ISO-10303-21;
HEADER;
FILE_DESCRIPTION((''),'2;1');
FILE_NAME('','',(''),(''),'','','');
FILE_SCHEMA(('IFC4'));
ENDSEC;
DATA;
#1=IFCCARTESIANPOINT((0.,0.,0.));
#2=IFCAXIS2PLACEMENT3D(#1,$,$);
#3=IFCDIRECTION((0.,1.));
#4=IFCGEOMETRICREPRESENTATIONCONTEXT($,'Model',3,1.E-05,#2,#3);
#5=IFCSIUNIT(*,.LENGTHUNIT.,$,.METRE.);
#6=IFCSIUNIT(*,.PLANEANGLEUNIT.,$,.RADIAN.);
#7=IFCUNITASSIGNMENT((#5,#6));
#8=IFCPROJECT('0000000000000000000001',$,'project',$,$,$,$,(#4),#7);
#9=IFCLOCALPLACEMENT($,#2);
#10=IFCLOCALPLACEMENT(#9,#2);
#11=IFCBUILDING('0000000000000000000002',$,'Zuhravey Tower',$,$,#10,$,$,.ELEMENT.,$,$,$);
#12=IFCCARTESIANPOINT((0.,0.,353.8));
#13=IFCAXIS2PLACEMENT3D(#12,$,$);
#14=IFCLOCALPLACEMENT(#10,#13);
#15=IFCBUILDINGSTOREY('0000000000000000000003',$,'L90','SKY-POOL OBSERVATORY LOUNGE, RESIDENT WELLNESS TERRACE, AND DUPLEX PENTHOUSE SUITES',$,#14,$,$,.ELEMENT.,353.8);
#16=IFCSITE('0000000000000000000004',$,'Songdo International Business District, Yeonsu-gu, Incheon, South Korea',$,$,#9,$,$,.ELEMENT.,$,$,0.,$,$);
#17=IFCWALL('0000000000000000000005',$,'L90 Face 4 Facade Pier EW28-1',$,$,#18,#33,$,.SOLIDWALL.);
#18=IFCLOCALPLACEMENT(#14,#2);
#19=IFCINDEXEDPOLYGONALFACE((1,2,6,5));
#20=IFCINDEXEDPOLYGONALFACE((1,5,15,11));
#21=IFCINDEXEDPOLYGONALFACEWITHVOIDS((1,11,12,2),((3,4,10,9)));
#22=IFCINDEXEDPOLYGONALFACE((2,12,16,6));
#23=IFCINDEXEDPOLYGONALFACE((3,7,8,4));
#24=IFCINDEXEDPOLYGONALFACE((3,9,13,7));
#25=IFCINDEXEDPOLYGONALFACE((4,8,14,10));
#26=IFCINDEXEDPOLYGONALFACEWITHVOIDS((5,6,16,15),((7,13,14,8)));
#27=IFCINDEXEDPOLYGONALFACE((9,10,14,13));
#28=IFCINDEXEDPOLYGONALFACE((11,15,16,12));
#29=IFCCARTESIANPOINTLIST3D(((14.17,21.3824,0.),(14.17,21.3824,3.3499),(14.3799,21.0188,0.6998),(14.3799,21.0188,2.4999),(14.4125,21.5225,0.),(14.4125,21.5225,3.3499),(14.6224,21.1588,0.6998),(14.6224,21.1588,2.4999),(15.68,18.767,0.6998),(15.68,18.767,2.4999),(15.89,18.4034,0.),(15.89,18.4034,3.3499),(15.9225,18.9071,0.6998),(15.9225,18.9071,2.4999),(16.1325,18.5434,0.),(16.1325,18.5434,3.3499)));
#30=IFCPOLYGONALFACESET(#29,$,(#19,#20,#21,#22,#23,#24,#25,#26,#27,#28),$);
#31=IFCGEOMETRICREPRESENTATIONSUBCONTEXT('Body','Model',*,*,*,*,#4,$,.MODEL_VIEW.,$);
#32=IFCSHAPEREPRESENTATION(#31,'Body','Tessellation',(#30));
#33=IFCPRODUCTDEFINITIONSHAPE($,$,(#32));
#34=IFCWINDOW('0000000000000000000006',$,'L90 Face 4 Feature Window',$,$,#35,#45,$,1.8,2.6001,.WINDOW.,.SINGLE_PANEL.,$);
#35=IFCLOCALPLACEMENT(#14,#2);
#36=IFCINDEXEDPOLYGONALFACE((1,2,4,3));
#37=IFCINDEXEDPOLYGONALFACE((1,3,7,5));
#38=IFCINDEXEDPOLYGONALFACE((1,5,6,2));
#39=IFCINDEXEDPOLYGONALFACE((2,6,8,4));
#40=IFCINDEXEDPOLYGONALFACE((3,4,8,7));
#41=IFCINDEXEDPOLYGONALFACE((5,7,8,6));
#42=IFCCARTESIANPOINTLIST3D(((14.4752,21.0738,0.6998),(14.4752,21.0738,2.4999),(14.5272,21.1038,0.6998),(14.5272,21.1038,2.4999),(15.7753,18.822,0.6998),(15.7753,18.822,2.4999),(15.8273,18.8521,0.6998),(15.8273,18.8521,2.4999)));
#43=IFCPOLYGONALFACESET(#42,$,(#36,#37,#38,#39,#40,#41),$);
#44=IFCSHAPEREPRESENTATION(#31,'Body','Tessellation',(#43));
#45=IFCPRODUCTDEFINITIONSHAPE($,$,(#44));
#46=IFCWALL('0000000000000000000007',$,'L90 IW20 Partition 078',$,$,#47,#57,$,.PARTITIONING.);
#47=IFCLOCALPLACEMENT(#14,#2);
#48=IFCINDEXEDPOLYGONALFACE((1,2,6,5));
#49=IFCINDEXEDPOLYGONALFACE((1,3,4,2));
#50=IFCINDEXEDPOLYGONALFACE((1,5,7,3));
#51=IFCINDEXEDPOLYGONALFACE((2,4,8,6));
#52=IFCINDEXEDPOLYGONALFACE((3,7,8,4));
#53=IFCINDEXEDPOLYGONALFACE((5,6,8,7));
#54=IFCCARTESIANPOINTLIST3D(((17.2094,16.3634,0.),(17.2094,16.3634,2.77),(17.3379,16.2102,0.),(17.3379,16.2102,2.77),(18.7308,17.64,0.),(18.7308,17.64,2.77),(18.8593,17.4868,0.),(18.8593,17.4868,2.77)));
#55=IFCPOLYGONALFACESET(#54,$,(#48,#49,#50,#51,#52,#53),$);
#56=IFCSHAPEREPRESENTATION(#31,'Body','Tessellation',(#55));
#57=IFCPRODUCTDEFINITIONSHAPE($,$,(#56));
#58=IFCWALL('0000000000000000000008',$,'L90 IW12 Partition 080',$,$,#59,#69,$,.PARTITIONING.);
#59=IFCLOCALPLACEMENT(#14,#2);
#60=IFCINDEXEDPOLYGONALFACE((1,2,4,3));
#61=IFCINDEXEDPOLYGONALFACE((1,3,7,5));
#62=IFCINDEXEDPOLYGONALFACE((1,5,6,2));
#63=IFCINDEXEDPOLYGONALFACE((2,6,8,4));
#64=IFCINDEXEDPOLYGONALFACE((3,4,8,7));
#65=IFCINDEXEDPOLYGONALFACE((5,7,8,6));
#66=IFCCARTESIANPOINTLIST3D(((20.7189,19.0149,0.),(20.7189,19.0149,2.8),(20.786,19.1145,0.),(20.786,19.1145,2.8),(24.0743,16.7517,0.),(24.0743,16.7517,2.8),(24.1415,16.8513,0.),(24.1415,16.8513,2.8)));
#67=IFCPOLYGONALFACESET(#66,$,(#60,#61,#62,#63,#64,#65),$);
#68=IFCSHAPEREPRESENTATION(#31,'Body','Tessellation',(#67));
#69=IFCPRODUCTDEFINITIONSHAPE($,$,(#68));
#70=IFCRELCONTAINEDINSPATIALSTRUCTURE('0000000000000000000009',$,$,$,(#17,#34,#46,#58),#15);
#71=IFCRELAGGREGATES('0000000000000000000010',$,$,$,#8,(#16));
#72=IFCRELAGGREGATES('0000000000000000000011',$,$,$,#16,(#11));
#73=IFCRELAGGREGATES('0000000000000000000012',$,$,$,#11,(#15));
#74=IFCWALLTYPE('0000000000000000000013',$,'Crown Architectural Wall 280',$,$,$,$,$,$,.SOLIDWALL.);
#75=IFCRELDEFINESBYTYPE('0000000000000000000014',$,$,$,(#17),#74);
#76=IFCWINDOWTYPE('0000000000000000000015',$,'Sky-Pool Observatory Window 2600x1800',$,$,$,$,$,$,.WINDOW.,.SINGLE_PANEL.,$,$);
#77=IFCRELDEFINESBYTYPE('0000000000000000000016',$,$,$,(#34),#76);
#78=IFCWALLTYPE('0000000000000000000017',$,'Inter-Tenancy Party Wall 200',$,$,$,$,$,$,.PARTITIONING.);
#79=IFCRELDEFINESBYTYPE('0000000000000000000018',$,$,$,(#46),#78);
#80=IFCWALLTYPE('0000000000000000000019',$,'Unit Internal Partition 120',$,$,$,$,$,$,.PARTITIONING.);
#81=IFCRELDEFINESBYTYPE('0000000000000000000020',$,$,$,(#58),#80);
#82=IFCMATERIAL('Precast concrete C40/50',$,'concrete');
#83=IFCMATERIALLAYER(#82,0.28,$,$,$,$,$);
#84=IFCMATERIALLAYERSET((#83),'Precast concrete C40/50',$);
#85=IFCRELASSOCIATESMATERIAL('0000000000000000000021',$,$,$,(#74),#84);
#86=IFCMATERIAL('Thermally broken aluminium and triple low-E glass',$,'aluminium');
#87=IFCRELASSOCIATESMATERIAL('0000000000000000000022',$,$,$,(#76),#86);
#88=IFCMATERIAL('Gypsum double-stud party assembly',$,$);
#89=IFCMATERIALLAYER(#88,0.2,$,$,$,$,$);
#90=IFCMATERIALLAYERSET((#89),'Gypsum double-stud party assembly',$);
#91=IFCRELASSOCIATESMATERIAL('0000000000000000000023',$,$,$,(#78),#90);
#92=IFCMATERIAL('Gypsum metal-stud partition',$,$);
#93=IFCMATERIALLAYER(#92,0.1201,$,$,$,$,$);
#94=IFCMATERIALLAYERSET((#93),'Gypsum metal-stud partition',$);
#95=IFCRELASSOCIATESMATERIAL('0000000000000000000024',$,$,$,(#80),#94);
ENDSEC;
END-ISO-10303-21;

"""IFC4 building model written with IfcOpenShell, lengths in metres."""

from ifc_helpers import new_model, si_unit, direction, frame, frame_2d, origin, place, context, subcontext, project, spatial, rectangle, extrude, material, layer, layer_set, type_object, element, fill, save


model = new_model("IFC4")

# Units and contexts
model_context = context("Model", 3, precision=1e-05, world=origin(), true_north=direction((0.0, 1.0)))
body_context = subcontext(model_context, "Body", "Model", "MODEL_VIEW")
ifc_project = project(units=[si_unit("LENGTHUNIT", "METRE"), si_unit("PLANEANGLEUNIT", "RADIAN")], contexts=[model_context])

# Site, building, storey
site_placement = place(None, origin())
site = spatial("IfcSite", under=ifc_project, at=site_placement, Name="Songdo International Business District, Yeonsu-gu, Incheon, South Korea", CompositionType="ELEMENT", RefElevation=0.0)
building_placement = place(site_placement, origin())
building = spatial("IfcBuilding", under=site, at=building_placement, Name="Zuhravey Tower", CompositionType="ELEMENT")
storey_placement = place(building_placement, frame((0.0, 0.0, 353.8)))
storey = spatial("IfcBuildingStorey", under=building, at=storey_placement, Name="L90", Description="SKY-POOL OBSERVATORY LOUNGE, RESIDENT WELLNESS TERRACE, AND DUPLEX PENTHOUSE SUITES", CompositionType="ELEMENT", Elevation=353.8)

# Wall, opening, window
ifc_material_1 = material(Name="Precast concrete C40/50", Category="concrete")
ifc_layer_1 = layer(ifc_material_1, 0.28)
ifc_layer_set_1 = layer_set([ifc_layer_1], Name="Precast concrete C40/50")
wall_type_1 = type_object("IfcWallType", Name="Crown Architectural Wall 280", PredefinedType="SOLIDWALL", material=ifc_layer_set_1)
wall_1_placement = place(storey_placement, frame((16.0112, 18.4734, 0.0), z_axis=(0.0, 0.0, 1.0), x_axis=(-0.500009, 0.86602, 0.0)))
wall_1 = element("IfcWall", 1, at=wall_1_placement, inside=storey, type_object=wall_type_1, Name="L90 Face 4 Facade Pier EW28-1", PredefinedType="SOLIDWALL", context=body_context, shape_type="SweptSolid", body=[
    extrude(rectangle(XDim=3.4399, YDim=0.28, at=frame_2d((1.72, 0.0))), origin(), (0.0, 0.0, 1.0), 3.3499),
])
opening_placement = place(wall_1_placement, frame((0.4199, 0.0, 0.7)))
opening = element("IfcOpeningElement", 2, at=opening_placement, cuts=wall_1, PredefinedType="OPENING", context=body_context, shape_type="SweptSolid", body=[
    extrude(rectangle(XDim=2.6001, YDim=1.8, at=frame_2d((1.3, 0.8999))), frame((0.0, 0.1521, 0.0), z_axis=(0.0, -1.0, 0.0), x_axis=(1.0, 0.0, 0.0)), (0.0, 0.0, 1.0), 0.304),
])
ifc_material_2 = material(Name="Thermally broken aluminium and triple low-E glass", Category="aluminium")
window_type = type_object("IfcWindowType", Name="Sky-Pool Observatory Window 2600x1800", PartitioningType="SINGLE_PANEL", PredefinedType="WINDOW", material=ifc_material_2)
window_placement = place(opening_placement, origin())
window = element("IfcWindow", 3, at=window_placement, inside=storey, type_object=window_type, Name="L90 Face 4 Feature Window", OverallHeight=1.8, OverallWidth=2.6001, PartitioningType="SINGLE_PANEL", PredefinedType="WINDOW", context=body_context, shape_type="SweptSolid", body=[
    extrude(rectangle(XDim=2.6001, YDim=1.8, at=frame_2d((1.3, 0.8999))), frame((0.0, 0.03, 0.0), z_axis=(0.0, -1.0, 0.0), x_axis=(1.0, 0.0, 0.0)), (0.0, 0.0, 1.0), 0.0601),
])
fill(opening, window)

# Walls
ifc_material_3 = material(Name="Gypsum double-stud party assembly")
ifc_layer_2 = layer(ifc_material_3, 0.2)
ifc_layer_set_2 = layer_set([ifc_layer_2], Name="Gypsum double-stud party assembly")
wall_type_2 = type_object("IfcWallType", Name="Inter-Tenancy Party Wall 200", PredefinedType="PARTITIONING", material=ifc_layer_set_2)
wall_2_placement = place(storey_placement, frame((18.7952, 17.5635, 0.0), z_axis=(0.0, 0.0, 1.0), x_axis=(-0.766061, -0.642768, 0.0)))
element("IfcWall", 4, at=wall_2_placement, inside=storey, type_object=wall_type_2, Name="L90 IW20 Partition 078", PredefinedType="PARTITIONING", context=body_context, shape_type="SweptSolid", body=[
    extrude(rectangle(XDim=1.9861, YDim=0.2, at=frame_2d((0.9932, 0.0))), origin(), (0.0, 0.0, 1.0), 2.77),
])
ifc_material_4 = material(Name="Gypsum metal-stud partition")
ifc_layer_3 = layer(ifc_material_4, 0.1201)
ifc_layer_set_3 = layer_set([ifc_layer_3], Name="Gypsum metal-stud partition")
wall_type_3 = type_object("IfcWallType", Name="Unit Internal Partition 120", PredefinedType="PARTITIONING", material=ifc_layer_set_3)
wall_3_placement = place(storey_placement, frame((20.7524, 19.0647, 0.0), z_axis=(0.0, 0.0, 1.0), x_axis=(0.82905, -0.559174, 0.0)))
element("IfcWall", 5, at=wall_3_placement, inside=storey, type_object=wall_type_3, Name="L90 IW12 Partition 080", PredefinedType="PARTITIONING", context=body_context, shape_type="SweptSolid", body=[
    extrude(rectangle(XDim=4.0474, YDim=0.1201, at=frame_2d((2.0237, 0.0))), origin(), (0.0, 0.0, 1.0), 2.8),
])

save(model, "model.ifc")
